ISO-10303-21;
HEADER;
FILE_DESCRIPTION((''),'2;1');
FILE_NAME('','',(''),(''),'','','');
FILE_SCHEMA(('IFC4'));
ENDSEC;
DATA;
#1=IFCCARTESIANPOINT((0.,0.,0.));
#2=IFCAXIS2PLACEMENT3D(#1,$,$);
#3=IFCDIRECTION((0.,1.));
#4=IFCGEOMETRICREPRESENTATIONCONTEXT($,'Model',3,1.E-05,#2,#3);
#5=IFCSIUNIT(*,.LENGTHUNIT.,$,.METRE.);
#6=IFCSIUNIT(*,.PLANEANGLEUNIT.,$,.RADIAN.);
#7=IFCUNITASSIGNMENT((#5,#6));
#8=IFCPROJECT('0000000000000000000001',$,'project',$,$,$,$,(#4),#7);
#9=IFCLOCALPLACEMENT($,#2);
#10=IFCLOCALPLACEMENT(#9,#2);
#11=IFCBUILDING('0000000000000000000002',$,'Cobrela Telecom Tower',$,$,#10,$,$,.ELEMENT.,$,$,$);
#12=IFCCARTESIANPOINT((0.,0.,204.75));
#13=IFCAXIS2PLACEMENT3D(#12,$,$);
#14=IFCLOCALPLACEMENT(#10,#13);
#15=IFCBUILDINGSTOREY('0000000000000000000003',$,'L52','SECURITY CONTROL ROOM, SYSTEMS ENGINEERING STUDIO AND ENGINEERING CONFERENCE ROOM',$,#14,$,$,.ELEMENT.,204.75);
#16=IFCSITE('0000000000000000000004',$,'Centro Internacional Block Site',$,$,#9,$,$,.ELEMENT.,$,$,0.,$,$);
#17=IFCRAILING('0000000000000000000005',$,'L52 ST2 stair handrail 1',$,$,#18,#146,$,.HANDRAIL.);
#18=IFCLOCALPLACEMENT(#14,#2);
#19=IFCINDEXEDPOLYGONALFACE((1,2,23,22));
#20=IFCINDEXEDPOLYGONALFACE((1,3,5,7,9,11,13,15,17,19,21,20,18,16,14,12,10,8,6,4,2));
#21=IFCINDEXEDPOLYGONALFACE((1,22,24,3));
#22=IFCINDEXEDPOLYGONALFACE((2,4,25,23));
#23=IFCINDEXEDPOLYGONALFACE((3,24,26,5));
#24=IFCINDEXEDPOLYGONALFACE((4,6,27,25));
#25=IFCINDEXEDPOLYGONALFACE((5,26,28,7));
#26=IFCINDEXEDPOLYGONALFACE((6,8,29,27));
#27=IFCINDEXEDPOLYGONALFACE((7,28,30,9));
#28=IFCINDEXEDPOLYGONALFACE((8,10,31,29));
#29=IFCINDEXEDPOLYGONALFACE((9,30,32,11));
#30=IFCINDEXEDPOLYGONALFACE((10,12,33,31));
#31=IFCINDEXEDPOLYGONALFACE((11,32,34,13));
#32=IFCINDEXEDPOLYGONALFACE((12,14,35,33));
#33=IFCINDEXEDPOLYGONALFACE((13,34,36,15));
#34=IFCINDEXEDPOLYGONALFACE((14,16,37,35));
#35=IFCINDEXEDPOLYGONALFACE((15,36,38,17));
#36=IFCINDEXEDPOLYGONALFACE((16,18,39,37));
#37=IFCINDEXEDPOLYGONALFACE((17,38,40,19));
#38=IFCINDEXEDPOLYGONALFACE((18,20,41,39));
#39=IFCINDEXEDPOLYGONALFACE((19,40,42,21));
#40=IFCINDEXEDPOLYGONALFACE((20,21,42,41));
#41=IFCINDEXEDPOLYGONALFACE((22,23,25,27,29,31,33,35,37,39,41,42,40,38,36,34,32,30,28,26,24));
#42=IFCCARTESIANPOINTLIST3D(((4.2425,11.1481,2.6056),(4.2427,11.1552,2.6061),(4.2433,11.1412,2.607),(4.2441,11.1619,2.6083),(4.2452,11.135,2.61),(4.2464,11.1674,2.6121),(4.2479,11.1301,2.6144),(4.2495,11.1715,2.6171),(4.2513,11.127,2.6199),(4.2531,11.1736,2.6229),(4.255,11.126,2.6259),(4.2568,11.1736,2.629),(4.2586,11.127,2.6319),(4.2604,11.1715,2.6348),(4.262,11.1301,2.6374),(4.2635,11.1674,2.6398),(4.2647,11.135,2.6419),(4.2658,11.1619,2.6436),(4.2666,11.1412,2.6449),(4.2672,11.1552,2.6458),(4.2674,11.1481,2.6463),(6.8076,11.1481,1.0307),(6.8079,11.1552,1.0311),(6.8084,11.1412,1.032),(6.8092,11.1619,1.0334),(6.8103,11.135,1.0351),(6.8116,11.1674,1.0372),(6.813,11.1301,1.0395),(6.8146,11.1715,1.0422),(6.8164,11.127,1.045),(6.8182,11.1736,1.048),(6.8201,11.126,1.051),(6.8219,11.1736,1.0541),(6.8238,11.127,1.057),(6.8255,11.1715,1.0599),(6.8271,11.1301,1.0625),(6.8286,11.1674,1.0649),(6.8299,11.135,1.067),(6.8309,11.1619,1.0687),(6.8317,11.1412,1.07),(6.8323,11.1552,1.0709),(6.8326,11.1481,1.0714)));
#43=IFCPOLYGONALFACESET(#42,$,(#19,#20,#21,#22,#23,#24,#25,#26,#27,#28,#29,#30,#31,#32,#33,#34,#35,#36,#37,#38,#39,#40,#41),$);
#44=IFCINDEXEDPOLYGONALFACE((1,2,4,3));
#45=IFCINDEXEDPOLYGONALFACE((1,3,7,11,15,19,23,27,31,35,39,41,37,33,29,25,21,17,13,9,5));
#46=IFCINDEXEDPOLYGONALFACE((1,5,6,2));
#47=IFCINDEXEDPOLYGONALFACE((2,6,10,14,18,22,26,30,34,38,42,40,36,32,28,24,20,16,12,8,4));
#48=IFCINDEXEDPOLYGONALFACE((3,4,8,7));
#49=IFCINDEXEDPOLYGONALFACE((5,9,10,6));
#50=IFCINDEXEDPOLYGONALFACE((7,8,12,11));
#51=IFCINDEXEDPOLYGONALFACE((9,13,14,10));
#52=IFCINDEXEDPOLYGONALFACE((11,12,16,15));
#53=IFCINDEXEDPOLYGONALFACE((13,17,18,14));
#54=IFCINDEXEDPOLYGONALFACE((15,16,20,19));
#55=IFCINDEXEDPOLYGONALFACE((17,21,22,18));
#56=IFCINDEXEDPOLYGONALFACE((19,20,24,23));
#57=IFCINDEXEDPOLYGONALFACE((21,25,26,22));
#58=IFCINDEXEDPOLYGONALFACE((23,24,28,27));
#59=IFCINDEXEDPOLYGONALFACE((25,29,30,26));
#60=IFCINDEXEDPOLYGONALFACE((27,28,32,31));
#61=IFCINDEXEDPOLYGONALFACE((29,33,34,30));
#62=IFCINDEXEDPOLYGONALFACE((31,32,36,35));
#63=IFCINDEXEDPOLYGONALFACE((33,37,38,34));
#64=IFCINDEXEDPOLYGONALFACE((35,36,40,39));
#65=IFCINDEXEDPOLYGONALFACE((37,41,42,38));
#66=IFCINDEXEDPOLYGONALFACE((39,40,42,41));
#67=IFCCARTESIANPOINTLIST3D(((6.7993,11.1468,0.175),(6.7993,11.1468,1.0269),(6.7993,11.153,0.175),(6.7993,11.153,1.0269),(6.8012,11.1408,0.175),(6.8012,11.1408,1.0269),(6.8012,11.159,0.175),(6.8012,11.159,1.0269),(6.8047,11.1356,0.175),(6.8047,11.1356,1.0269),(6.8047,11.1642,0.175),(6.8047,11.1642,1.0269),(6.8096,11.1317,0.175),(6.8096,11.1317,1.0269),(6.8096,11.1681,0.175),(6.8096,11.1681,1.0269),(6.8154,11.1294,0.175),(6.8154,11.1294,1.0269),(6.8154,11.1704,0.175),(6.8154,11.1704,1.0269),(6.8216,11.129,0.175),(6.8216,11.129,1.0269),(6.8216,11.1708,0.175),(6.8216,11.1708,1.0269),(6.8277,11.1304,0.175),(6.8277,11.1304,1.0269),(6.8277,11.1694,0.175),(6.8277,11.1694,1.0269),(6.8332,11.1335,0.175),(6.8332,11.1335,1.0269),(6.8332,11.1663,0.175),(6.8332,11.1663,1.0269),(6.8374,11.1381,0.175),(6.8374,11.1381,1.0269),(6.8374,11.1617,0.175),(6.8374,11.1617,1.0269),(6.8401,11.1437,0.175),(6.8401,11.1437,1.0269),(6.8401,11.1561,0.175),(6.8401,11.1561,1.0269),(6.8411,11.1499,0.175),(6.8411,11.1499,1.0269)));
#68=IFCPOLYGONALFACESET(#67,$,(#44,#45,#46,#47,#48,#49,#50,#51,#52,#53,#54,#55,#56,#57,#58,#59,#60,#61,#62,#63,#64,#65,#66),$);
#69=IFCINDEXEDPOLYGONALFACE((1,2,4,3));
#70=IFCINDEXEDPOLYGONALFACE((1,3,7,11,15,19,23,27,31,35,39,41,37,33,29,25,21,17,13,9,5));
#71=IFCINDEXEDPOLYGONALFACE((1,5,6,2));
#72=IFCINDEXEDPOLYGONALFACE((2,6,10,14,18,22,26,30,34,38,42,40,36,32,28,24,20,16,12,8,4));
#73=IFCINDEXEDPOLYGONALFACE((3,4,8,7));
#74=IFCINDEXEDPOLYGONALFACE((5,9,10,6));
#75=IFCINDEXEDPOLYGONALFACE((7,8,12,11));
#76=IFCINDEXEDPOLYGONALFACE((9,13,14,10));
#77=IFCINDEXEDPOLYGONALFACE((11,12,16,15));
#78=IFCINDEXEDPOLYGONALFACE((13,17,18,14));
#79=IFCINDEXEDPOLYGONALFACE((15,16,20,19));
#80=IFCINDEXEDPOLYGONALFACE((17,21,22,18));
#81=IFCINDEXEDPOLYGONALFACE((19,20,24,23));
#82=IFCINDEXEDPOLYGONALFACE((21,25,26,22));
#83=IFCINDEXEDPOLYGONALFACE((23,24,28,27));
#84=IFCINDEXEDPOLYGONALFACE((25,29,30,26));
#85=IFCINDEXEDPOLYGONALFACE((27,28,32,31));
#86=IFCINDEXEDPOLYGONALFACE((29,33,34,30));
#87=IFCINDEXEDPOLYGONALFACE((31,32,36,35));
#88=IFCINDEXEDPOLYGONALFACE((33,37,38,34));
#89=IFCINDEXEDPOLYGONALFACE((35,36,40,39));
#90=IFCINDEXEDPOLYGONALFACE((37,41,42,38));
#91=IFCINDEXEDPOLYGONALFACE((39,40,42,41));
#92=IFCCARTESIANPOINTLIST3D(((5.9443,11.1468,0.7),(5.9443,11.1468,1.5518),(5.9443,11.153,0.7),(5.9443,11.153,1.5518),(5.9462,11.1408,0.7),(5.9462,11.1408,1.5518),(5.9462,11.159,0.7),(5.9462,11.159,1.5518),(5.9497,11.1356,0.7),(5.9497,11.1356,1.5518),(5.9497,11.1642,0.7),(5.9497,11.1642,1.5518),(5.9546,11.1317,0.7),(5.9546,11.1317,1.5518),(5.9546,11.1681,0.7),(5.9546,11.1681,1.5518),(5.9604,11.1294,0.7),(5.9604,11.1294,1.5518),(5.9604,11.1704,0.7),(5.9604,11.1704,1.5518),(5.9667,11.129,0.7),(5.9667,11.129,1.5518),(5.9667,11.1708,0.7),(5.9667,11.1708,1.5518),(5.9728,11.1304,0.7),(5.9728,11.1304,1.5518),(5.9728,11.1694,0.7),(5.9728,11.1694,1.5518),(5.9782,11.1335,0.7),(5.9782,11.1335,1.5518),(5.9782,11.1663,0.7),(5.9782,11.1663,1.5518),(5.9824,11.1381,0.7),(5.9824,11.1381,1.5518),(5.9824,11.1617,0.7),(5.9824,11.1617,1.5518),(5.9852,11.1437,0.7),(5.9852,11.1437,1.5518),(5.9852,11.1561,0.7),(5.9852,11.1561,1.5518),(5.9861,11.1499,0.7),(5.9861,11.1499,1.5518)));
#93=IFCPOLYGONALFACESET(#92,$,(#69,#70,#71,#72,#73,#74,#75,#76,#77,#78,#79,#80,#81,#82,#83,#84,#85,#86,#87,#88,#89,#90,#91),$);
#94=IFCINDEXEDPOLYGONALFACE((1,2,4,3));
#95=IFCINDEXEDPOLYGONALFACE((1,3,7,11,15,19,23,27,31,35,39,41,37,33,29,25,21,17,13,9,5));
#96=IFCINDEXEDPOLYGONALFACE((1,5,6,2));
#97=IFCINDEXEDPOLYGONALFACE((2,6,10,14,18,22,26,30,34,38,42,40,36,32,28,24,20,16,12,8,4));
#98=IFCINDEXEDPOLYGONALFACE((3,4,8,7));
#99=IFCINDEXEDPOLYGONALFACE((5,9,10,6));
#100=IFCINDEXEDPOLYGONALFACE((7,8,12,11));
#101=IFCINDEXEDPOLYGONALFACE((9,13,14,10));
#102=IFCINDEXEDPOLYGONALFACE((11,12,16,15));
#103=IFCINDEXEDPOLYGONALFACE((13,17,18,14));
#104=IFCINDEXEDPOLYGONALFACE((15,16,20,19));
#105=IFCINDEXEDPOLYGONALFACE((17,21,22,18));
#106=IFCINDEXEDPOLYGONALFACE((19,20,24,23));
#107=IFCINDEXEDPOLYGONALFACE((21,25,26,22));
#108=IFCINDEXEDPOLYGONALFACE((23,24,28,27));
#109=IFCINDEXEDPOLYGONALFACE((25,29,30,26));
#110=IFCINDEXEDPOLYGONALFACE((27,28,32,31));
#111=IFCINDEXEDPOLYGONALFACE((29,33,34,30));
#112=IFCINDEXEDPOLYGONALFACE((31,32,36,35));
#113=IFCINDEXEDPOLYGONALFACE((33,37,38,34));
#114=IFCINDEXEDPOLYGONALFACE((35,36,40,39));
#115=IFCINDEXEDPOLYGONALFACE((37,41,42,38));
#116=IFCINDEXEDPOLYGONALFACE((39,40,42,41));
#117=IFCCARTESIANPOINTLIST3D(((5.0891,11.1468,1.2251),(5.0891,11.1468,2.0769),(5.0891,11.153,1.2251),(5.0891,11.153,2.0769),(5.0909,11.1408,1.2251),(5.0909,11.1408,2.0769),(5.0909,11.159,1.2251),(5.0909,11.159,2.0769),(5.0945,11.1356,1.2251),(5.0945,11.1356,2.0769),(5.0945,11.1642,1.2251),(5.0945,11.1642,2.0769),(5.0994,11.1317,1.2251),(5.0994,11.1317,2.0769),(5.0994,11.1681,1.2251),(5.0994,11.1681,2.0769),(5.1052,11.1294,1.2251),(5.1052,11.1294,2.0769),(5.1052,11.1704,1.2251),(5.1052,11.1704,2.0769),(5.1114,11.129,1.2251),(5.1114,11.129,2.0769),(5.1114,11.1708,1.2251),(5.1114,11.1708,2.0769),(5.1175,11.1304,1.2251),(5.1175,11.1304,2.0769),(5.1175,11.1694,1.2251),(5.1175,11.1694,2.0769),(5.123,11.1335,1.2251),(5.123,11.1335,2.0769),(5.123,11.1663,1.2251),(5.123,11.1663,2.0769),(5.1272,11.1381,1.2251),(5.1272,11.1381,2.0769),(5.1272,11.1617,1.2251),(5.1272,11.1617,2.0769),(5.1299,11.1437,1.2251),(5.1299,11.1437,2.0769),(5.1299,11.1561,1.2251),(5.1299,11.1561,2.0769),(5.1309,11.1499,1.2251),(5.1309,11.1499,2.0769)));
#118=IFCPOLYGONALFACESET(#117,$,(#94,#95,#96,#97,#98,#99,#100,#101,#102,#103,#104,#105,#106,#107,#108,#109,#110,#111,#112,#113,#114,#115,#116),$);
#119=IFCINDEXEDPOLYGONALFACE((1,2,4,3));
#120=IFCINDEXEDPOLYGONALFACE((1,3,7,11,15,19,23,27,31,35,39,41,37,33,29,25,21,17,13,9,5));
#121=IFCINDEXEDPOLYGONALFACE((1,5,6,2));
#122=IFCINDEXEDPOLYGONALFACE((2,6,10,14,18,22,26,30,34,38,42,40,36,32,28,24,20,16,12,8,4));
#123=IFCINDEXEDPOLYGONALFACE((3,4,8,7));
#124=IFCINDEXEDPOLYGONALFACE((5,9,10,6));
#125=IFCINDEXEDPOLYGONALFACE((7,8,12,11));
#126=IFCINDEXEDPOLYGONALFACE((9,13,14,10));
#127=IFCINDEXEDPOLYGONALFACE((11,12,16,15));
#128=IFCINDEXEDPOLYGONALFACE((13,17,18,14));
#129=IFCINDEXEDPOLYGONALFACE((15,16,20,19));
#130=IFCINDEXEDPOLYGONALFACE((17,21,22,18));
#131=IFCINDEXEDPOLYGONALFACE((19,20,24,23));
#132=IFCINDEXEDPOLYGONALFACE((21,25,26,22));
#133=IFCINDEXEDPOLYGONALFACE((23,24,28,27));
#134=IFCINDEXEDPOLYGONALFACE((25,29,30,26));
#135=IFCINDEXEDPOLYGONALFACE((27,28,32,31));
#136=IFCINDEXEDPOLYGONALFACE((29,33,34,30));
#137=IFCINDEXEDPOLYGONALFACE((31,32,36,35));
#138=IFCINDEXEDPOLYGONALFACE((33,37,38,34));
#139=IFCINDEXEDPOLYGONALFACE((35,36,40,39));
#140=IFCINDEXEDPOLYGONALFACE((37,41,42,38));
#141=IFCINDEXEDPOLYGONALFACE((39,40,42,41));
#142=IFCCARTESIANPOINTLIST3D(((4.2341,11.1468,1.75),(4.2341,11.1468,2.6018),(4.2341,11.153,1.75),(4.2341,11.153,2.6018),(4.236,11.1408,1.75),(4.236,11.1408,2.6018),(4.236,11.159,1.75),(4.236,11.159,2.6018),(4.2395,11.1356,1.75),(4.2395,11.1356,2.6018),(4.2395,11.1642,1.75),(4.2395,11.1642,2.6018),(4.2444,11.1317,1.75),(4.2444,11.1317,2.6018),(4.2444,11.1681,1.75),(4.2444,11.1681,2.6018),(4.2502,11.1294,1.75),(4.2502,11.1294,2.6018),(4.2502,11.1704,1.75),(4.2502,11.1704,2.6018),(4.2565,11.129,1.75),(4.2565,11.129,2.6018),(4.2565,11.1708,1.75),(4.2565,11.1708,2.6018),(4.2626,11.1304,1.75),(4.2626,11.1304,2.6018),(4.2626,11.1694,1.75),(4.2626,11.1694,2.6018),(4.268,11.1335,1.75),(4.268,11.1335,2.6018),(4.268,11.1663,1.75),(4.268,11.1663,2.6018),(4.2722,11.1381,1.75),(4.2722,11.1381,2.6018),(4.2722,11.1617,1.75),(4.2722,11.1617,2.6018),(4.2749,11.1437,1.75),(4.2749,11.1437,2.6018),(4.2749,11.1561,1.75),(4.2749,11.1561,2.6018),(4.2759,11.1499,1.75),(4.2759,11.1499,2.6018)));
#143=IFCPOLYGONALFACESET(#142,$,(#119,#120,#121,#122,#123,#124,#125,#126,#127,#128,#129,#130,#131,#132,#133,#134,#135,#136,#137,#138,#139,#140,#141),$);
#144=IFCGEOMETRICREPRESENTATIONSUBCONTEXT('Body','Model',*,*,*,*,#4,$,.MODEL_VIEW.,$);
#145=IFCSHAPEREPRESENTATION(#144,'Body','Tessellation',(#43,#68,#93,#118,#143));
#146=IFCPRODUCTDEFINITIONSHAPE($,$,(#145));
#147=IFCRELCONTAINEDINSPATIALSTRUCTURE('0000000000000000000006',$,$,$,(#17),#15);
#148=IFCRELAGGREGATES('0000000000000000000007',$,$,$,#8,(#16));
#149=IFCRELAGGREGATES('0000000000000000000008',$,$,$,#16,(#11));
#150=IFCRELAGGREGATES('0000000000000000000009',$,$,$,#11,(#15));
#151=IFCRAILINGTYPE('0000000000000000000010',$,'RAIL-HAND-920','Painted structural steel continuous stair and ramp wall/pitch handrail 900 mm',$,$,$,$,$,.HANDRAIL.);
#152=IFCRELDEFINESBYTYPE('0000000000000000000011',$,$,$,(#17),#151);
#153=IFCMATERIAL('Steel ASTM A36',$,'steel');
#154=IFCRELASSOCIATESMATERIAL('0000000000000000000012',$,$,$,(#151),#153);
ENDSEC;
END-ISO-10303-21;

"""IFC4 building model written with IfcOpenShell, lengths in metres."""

from ifc_helpers import new_model, si_unit, direction, frame, origin, origin_2d, place, context, subcontext, project, spatial, circle, extrude, material, type_object, element, save


model = new_model("IFC4")

# Units and contexts
model_context = context("Model", 3, precision=1e-05, world=origin(), true_north=direction((0.0, 1.0)))
body_context = subcontext(model_context, "Body", "Model", "MODEL_VIEW")
ifc_project = project(units=[si_unit("LENGTHUNIT", "METRE"), si_unit("PLANEANGLEUNIT", "RADIAN")], contexts=[model_context])

# Site, building, storey
site_placement = place(None, origin())
site = spatial("IfcSite", under=ifc_project, at=site_placement, Name="Centro Internacional Block Site", CompositionType="ELEMENT", RefElevation=0.0)
building_placement = place(site_placement, origin())
building = spatial("IfcBuilding", under=site, at=building_placement, Name="Cobrela Telecom Tower", CompositionType="ELEMENT")
storey_placement = place(building_placement, frame((0.0, 0.0, 204.75)))
storey = spatial("IfcBuildingStorey", under=building, at=storey_placement, Name="L52", Description="SECURITY CONTROL ROOM, SYSTEMS ENGINEERING STUDIO AND ENGINEERING CONFERENCE ROOM", CompositionType="ELEMENT", Elevation=204.75)

# Railing
ifc_material_1 = material(Name="Steel ASTM A36", Category="steel")
railing_type_1 = type_object("IfcRailingType", Name="RAIL-HAND-920", Description="Painted structural steel continuous stair and ramp wall/pitch handrail 900 mm", PredefinedType="HANDRAIL", material=ifc_material_1)
railing_1_placement = place(storey_placement, frame((6.8201, 11.1499, 0.175)))
element("IfcRailing", 1, at=railing_1_placement, inside=storey, type_object=railing_type_1, Name="L52 ST2 stair handrail 1", PredefinedType="HANDRAIL", context=body_context, shape_type="SweptSolid", body=[
    extrude(circle(Radius=0.0239, at=origin_2d()), frame((0.0, 0.0, 0.876), z_axis=(-0.852195, 0.0, 0.523224), x_axis=(0.0, -1.0, 0.0)), (0.0, 0.0, 1.0), 3.01),
    extrude(circle(Radius=0.021, at=origin_2d()), origin(), (0.0, 0.0, 1.0), 0.8518),
    extrude(circle(Radius=0.021, at=origin_2d()), frame((-0.855, 0.0, 0.5249)), (0.0, 0.0, 1.0), 0.8518),
    extrude(circle(Radius=0.021, at=origin_2d()), frame((-1.7102, 0.0, 1.05)), (0.0, 0.0, 1.0), 0.8518),
    extrude(circle(Radius=0.021, at=origin_2d()), frame((-2.5652, 0.0, 1.575)), (0.0, 0.0, 1.0), 0.8518),
])

save(model, "model.ifc")
